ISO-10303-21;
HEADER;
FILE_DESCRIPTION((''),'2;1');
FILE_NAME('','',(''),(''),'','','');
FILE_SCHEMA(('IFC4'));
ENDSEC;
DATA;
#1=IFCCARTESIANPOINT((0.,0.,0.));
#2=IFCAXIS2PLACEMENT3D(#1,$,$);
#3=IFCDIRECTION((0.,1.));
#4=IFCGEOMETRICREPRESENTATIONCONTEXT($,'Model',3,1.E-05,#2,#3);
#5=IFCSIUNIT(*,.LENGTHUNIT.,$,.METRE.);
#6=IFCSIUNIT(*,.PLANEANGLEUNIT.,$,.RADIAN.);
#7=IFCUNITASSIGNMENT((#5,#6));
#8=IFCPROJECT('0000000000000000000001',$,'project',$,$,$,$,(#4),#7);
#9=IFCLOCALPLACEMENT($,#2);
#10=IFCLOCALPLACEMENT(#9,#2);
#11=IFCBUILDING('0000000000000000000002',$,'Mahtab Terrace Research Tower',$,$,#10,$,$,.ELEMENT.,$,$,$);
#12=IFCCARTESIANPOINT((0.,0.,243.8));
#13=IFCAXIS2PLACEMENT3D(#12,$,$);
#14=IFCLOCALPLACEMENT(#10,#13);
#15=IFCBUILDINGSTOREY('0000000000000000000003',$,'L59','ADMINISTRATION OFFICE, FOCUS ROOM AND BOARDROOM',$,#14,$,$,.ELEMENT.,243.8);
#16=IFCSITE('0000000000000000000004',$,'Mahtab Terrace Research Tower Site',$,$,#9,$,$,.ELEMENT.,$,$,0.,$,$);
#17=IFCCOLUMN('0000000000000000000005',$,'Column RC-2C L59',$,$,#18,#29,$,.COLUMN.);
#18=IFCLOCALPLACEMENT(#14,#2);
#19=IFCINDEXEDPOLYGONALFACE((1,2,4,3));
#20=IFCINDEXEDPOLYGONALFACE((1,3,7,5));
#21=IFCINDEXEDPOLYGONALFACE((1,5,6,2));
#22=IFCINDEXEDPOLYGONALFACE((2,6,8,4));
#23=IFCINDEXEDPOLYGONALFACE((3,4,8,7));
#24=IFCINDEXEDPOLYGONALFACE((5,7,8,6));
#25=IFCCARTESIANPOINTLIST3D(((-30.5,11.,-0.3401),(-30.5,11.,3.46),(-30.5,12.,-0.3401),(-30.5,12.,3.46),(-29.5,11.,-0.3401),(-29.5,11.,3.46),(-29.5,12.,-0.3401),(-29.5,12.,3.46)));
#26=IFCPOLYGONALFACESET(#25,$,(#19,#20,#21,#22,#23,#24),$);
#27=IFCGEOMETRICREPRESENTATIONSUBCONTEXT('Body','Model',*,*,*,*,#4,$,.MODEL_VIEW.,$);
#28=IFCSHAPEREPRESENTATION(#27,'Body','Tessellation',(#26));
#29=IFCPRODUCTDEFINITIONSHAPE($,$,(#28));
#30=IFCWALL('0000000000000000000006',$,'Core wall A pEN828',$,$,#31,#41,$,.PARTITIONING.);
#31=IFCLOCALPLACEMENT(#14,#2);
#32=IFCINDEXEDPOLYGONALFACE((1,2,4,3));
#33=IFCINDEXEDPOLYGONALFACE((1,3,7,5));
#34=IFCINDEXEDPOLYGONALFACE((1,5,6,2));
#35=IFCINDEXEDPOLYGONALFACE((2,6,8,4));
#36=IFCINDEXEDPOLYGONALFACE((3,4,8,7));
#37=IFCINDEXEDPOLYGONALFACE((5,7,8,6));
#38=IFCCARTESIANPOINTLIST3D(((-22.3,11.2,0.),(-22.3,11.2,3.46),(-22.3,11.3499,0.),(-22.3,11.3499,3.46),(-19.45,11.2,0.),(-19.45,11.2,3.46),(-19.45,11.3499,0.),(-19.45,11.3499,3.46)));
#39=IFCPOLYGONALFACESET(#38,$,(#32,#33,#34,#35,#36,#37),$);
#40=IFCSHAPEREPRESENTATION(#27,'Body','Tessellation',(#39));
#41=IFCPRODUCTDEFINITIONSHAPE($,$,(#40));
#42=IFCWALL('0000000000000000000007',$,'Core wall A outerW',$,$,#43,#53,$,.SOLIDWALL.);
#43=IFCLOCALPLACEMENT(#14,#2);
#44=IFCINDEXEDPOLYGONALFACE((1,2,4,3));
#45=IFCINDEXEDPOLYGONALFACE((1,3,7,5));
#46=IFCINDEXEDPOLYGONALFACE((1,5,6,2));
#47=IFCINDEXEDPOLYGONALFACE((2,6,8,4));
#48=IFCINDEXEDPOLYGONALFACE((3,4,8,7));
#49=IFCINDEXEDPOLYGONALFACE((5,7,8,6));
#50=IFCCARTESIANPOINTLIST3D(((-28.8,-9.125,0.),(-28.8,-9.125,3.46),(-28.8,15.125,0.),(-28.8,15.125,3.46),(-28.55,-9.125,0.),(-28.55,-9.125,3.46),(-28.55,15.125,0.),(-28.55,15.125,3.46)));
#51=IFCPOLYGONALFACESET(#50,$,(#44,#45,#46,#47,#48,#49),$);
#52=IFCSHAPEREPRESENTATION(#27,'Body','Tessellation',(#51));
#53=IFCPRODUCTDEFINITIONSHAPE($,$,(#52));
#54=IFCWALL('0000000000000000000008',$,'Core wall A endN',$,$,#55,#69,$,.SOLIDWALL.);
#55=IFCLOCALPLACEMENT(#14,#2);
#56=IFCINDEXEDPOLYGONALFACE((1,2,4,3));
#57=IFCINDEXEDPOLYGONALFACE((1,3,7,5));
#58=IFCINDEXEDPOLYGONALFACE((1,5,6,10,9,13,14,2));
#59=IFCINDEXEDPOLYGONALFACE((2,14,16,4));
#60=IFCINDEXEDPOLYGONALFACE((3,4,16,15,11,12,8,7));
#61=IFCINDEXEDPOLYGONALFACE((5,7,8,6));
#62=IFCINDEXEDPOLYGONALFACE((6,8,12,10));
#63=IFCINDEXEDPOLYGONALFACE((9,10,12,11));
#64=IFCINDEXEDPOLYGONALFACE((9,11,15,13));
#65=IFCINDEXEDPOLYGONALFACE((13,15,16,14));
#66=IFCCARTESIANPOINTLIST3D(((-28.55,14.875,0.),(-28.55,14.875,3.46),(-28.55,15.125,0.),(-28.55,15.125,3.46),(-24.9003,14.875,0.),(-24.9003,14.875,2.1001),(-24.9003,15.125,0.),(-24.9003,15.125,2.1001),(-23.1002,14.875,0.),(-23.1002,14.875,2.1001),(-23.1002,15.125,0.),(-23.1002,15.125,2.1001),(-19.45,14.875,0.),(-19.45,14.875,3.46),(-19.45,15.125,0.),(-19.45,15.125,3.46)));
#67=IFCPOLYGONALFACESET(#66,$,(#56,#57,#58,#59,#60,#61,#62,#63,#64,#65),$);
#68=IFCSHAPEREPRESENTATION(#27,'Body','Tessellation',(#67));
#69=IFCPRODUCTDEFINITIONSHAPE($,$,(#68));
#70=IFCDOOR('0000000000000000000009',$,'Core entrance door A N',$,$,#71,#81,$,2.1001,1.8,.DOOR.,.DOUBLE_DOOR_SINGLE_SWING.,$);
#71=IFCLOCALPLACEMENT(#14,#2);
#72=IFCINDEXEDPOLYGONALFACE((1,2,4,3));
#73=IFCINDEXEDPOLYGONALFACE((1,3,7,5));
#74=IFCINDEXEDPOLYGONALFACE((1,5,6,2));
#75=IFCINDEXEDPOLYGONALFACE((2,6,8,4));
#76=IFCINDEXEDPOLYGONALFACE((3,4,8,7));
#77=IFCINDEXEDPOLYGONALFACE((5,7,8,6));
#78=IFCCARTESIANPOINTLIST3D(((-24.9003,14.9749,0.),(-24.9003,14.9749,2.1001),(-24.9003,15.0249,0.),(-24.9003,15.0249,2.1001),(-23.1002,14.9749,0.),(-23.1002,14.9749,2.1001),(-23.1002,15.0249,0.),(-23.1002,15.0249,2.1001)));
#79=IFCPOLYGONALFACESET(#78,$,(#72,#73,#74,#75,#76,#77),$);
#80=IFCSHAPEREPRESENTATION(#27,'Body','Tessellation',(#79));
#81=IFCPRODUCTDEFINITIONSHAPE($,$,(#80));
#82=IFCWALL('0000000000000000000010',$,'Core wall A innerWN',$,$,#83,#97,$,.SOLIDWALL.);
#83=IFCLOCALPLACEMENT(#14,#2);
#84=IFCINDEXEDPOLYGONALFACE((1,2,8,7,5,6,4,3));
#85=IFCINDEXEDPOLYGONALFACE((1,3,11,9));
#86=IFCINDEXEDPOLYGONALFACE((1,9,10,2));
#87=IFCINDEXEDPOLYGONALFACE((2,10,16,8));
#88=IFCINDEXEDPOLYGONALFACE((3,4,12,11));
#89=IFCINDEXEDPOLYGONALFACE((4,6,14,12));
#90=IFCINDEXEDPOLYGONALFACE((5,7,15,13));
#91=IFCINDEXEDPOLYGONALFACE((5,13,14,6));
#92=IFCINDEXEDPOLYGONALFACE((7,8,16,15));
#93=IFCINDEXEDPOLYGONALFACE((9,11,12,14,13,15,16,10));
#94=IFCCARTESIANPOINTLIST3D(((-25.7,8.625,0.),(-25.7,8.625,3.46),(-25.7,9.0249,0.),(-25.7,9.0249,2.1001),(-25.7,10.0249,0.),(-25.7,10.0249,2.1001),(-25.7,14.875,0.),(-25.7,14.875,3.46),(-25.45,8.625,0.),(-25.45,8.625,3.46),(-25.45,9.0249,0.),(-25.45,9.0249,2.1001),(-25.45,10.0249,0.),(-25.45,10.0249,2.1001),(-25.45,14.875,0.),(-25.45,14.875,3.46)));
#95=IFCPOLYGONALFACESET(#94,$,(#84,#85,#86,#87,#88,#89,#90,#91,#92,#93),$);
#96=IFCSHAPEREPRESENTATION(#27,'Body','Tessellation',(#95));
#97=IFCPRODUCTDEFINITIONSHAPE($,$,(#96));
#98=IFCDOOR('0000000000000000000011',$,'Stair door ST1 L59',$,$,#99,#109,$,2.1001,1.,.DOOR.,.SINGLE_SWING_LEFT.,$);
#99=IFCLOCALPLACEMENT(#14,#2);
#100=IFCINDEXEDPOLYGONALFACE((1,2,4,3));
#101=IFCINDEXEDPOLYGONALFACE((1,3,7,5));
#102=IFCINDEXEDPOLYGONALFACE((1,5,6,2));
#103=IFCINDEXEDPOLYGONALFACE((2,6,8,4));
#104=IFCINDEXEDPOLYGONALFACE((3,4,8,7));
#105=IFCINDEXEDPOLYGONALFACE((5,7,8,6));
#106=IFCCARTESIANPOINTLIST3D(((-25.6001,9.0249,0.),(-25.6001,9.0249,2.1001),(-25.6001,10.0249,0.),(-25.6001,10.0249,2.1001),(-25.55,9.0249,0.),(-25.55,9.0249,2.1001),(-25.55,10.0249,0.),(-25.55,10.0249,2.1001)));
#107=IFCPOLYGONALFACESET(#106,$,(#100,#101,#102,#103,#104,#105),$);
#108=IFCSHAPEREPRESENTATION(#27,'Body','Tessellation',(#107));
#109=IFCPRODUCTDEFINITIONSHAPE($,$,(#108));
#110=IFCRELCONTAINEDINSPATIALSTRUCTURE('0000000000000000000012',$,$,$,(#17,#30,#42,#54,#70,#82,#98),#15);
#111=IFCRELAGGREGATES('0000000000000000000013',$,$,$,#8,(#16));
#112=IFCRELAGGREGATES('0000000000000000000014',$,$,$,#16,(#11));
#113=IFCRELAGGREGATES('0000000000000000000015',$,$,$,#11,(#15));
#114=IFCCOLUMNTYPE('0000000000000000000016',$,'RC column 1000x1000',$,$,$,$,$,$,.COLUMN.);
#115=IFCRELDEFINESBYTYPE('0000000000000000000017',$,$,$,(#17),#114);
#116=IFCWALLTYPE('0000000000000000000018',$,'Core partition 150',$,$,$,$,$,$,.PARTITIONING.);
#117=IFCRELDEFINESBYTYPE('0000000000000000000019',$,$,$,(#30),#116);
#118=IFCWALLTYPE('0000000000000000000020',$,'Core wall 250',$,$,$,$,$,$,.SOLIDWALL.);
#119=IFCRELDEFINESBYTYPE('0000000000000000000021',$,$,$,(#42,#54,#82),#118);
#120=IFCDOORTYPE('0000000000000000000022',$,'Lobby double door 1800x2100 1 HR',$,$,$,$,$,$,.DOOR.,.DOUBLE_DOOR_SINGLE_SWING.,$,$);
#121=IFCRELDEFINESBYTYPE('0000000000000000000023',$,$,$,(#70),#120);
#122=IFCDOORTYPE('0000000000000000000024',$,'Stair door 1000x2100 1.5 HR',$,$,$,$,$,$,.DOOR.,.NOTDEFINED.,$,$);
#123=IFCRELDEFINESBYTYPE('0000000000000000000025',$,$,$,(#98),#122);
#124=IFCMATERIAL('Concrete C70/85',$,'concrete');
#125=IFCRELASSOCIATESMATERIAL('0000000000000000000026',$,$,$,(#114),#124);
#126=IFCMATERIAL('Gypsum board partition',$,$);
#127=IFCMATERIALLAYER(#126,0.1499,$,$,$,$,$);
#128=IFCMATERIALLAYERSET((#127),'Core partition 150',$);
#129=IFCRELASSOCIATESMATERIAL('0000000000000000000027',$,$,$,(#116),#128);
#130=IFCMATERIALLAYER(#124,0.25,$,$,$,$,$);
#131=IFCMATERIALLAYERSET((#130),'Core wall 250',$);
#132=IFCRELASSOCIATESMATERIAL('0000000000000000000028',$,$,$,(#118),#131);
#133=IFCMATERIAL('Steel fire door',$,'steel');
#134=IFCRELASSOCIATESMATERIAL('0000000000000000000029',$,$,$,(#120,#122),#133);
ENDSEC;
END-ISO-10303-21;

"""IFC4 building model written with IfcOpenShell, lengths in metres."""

from ifc_helpers import new_model, si_unit, direction, frame, frame_2d, origin, origin_2d, place, context, subcontext, project, spatial, rectangle, extrude, material, layer, layer_set, material_profile, profile_set, type_object, element, fill, save


model = new_model("IFC4")

# Units and contexts
model_context = context("Model", 3, precision=1e-05, world=origin(), true_north=direction((0.0, 1.0)))
body_context = subcontext(model_context, "Body", "Model", "MODEL_VIEW")
ifc_project = project(units=[si_unit("LENGTHUNIT", "METRE"), si_unit("PLANEANGLEUNIT", "RADIAN")], contexts=[model_context])

# Site, building, storey
site_placement = place(None, origin())
site = spatial("IfcSite", under=ifc_project, at=site_placement, Name="Mahtab Terrace Research Tower Site", CompositionType="ELEMENT", RefElevation=0.0)
building_placement = place(site_placement, origin())
building = spatial("IfcBuilding", under=site, at=building_placement, Name="Mahtab Terrace Research Tower", CompositionType="ELEMENT")
storey_placement = place(building_placement, frame((0.0, 0.0, 243.8)))
storey = spatial("IfcBuildingStorey", under=building, at=storey_placement, Name="L59", Description="ADMINISTRATION OFFICE, FOCUS ROOM AND BOARDROOM", CompositionType="ELEMENT", Elevation=243.8)

# Column
ifc_material_1 = material(Name="Concrete C70/85", Category="concrete")
ifc_material_profile = material_profile(ifc_material_1, rectangle(XDim=1.0, YDim=1.0, at=origin_2d()), Name="RC column 1000x1000")
ifc_profile_set = profile_set([ifc_material_profile], Name="Concrete C70/85")
column_type = type_object("IfcColumnType", Name="RC column 1000x1000", PredefinedType="COLUMN", material=ifc_profile_set)
column_placement = place(storey_placement, frame((-30.0, 11.5, -0.3401), z_axis=(0.0, 0.0, 1.0), x_axis=(1.0, 0.0, 0.0)))
element("IfcColumn", 1, at=column_placement, inside=storey, type_object=column_type, Name="Column RC-2C L59", PredefinedType="COLUMN", context=body_context, shape_type="SweptSolid", body=[
    extrude(rectangle(XDim=1.0, YDim=1.0, at=origin_2d()), origin(), (0.0, 0.0, 1.0), 3.8),
])

# Walls
ifc_material_2 = material(Name="Gypsum board partition")
ifc_layer_1 = layer(ifc_material_2, 0.1499)
ifc_layer_set_1 = layer_set([ifc_layer_1], Name="Core partition 150")
wall_type_1 = type_object("IfcWallType", Name="Core partition 150", PredefinedType="PARTITIONING", material=ifc_layer_set_1)
wall_1_placement = place(storey_placement, frame((-22.3, 11.2749, 0.0), z_axis=(0.0, 0.0, 1.0), x_axis=(1.0, 0.0, 0.0)))
element("IfcWall", 2, at=wall_1_placement, inside=storey, type_object=wall_type_1, Name="Core wall A pEN828", PredefinedType="PARTITIONING", context=body_context, shape_type="SweptSolid", body=[
    extrude(rectangle(XDim=2.8501, YDim=0.1499, at=frame_2d((1.425, 0.0))), origin(), (0.0, 0.0, 1.0), 3.46),
])
ifc_layer_2 = layer(ifc_material_1, 0.25)
ifc_layer_set_2 = layer_set([ifc_layer_2], Name="Core wall 250")
wall_type_2 = type_object("IfcWallType", Name="Core wall 250", PredefinedType="SOLIDWALL", material=ifc_layer_set_2)
wall_2_placement = place(storey_placement, frame((-28.675, 15.125, 0.0), z_axis=(0.0, 0.0, 1.0), x_axis=(0.0, -1.0, 0.0)))
element("IfcWall", 3, at=wall_2_placement, inside=storey, type_object=wall_type_2, Name="Core wall A outerW", PredefinedType="SOLIDWALL", context=body_context, shape_type="SweptSolid", body=[
    extrude(rectangle(XDim=24.25, YDim=0.25, at=frame_2d((12.125, 0.0))), origin(), (0.0, 0.0, 1.0), 3.46),
])

# Walls, openings, doors
wall_3_placement = place(storey_placement, frame((-28.55, 15.0, 0.0), z_axis=(0.0, 0.0, 1.0), x_axis=(1.0, 0.0, 0.0)))
wall_3 = element("IfcWall", 4, at=wall_3_placement, inside=storey, type_object=wall_type_2, Name="Core wall A endN", PredefinedType="SOLIDWALL", context=body_context, shape_type="SweptSolid", body=[
    extrude(rectangle(XDim=9.1001, YDim=0.25, at=frame_2d((4.55, 0.0))), origin(), (0.0, 0.0, 1.0), 3.46),
])
opening_1_placement = place(wall_3_placement, frame((3.6499, 0.0, 0.0)))
opening_1 = element("IfcOpeningElement", 5, at=opening_1_placement, cuts=wall_3, PredefinedType="OPENING", context=body_context, shape_type="SweptSolid", body=[
    extrude(rectangle(XDim=1.8, YDim=2.1001, at=frame_2d((0.8999, 1.05))), frame((0.0, 0.135, 0.0), z_axis=(0.0, -1.0, 0.0), x_axis=(1.0, 0.0, 0.0)), (0.0, 0.0, 1.0), 0.27),
])
ifc_material_3 = material(Name="Steel fire door", Category="steel")
door_type_1 = type_object("IfcDoorType", Name="Lobby double door 1800x2100 1 HR", OperationType="DOUBLE_DOOR_SINGLE_SWING", PredefinedType="DOOR", material=ifc_material_3)
door_1_placement = place(opening_1_placement, origin())
door_1 = element("IfcDoor", 6, at=door_1_placement, inside=storey, type_object=door_type_1, Name="Core entrance door A N", OperationType="DOUBLE_DOOR_SINGLE_SWING", OverallHeight=2.1001, OverallWidth=1.8, PredefinedType="DOOR", context=body_context, shape_type="SweptSolid", body=[
    extrude(rectangle(XDim=1.8, YDim=2.1001, at=frame_2d((0.8999, 1.05))), frame((0.0, 0.0249, 0.0), z_axis=(0.0, -1.0, 0.0), x_axis=(1.0, 0.0, 0.0)), (0.0, 0.0, 1.0), 0.05),
])
fill(opening_1, door_1)
wall_4_placement = place(storey_placement, frame((-25.575, 14.875, 0.0), z_axis=(0.0, 0.0, 1.0), x_axis=(0.0, -1.0, 0.0)))
wall_4 = element("IfcWall", 7, at=wall_4_placement, inside=storey, type_object=wall_type_2, Name="Core wall A innerWN", PredefinedType="SOLIDWALL", context=body_context, shape_type="SweptSolid", body=[
    extrude(rectangle(XDim=6.25, YDim=0.25, at=frame_2d((3.125, 0.0))), origin(), (0.0, 0.0, 1.0), 3.46),
])
opening_2_placement = place(wall_4_placement, frame((4.8501, 0.0, 0.0)))
opening_2 = element("IfcOpeningElement", 8, at=opening_2_placement, cuts=wall_4, PredefinedType="OPENING", context=body_context, shape_type="SweptSolid", body=[
    extrude(rectangle(XDim=1.0, YDim=2.1001, at=frame_2d((0.5, 1.05))), frame((0.0, 0.135, 0.0), z_axis=(0.0, -1.0, 0.0), x_axis=(1.0, 0.0, 0.0)), (0.0, 0.0, 1.0), 0.27),
])
door_type_2 = type_object("IfcDoorType", Name="Stair door 1000x2100 1.5 HR", OperationType="NOTDEFINED", PredefinedType="DOOR", material=ifc_material_3)
door_2_placement = place(opening_2_placement, origin())
door_2 = element("IfcDoor", 9, at=door_2_placement, inside=storey, type_object=door_type_2, Name="Stair door ST1 L59", OperationType="SINGLE_SWING_LEFT", OverallHeight=2.1001, OverallWidth=1.0, PredefinedType="DOOR", context=body_context, shape_type="SweptSolid", body=[
    extrude(rectangle(XDim=1.0, YDim=2.1001, at=frame_2d((0.5, 1.05))), frame((0.0, 0.0249, 0.0), z_axis=(0.0, -1.0, 0.0), x_axis=(1.0, 0.0, 0.0)), (0.0, 0.0, 1.0), 0.05),
])
fill(opening_2, door_2)

save(model, "model.ifc")
